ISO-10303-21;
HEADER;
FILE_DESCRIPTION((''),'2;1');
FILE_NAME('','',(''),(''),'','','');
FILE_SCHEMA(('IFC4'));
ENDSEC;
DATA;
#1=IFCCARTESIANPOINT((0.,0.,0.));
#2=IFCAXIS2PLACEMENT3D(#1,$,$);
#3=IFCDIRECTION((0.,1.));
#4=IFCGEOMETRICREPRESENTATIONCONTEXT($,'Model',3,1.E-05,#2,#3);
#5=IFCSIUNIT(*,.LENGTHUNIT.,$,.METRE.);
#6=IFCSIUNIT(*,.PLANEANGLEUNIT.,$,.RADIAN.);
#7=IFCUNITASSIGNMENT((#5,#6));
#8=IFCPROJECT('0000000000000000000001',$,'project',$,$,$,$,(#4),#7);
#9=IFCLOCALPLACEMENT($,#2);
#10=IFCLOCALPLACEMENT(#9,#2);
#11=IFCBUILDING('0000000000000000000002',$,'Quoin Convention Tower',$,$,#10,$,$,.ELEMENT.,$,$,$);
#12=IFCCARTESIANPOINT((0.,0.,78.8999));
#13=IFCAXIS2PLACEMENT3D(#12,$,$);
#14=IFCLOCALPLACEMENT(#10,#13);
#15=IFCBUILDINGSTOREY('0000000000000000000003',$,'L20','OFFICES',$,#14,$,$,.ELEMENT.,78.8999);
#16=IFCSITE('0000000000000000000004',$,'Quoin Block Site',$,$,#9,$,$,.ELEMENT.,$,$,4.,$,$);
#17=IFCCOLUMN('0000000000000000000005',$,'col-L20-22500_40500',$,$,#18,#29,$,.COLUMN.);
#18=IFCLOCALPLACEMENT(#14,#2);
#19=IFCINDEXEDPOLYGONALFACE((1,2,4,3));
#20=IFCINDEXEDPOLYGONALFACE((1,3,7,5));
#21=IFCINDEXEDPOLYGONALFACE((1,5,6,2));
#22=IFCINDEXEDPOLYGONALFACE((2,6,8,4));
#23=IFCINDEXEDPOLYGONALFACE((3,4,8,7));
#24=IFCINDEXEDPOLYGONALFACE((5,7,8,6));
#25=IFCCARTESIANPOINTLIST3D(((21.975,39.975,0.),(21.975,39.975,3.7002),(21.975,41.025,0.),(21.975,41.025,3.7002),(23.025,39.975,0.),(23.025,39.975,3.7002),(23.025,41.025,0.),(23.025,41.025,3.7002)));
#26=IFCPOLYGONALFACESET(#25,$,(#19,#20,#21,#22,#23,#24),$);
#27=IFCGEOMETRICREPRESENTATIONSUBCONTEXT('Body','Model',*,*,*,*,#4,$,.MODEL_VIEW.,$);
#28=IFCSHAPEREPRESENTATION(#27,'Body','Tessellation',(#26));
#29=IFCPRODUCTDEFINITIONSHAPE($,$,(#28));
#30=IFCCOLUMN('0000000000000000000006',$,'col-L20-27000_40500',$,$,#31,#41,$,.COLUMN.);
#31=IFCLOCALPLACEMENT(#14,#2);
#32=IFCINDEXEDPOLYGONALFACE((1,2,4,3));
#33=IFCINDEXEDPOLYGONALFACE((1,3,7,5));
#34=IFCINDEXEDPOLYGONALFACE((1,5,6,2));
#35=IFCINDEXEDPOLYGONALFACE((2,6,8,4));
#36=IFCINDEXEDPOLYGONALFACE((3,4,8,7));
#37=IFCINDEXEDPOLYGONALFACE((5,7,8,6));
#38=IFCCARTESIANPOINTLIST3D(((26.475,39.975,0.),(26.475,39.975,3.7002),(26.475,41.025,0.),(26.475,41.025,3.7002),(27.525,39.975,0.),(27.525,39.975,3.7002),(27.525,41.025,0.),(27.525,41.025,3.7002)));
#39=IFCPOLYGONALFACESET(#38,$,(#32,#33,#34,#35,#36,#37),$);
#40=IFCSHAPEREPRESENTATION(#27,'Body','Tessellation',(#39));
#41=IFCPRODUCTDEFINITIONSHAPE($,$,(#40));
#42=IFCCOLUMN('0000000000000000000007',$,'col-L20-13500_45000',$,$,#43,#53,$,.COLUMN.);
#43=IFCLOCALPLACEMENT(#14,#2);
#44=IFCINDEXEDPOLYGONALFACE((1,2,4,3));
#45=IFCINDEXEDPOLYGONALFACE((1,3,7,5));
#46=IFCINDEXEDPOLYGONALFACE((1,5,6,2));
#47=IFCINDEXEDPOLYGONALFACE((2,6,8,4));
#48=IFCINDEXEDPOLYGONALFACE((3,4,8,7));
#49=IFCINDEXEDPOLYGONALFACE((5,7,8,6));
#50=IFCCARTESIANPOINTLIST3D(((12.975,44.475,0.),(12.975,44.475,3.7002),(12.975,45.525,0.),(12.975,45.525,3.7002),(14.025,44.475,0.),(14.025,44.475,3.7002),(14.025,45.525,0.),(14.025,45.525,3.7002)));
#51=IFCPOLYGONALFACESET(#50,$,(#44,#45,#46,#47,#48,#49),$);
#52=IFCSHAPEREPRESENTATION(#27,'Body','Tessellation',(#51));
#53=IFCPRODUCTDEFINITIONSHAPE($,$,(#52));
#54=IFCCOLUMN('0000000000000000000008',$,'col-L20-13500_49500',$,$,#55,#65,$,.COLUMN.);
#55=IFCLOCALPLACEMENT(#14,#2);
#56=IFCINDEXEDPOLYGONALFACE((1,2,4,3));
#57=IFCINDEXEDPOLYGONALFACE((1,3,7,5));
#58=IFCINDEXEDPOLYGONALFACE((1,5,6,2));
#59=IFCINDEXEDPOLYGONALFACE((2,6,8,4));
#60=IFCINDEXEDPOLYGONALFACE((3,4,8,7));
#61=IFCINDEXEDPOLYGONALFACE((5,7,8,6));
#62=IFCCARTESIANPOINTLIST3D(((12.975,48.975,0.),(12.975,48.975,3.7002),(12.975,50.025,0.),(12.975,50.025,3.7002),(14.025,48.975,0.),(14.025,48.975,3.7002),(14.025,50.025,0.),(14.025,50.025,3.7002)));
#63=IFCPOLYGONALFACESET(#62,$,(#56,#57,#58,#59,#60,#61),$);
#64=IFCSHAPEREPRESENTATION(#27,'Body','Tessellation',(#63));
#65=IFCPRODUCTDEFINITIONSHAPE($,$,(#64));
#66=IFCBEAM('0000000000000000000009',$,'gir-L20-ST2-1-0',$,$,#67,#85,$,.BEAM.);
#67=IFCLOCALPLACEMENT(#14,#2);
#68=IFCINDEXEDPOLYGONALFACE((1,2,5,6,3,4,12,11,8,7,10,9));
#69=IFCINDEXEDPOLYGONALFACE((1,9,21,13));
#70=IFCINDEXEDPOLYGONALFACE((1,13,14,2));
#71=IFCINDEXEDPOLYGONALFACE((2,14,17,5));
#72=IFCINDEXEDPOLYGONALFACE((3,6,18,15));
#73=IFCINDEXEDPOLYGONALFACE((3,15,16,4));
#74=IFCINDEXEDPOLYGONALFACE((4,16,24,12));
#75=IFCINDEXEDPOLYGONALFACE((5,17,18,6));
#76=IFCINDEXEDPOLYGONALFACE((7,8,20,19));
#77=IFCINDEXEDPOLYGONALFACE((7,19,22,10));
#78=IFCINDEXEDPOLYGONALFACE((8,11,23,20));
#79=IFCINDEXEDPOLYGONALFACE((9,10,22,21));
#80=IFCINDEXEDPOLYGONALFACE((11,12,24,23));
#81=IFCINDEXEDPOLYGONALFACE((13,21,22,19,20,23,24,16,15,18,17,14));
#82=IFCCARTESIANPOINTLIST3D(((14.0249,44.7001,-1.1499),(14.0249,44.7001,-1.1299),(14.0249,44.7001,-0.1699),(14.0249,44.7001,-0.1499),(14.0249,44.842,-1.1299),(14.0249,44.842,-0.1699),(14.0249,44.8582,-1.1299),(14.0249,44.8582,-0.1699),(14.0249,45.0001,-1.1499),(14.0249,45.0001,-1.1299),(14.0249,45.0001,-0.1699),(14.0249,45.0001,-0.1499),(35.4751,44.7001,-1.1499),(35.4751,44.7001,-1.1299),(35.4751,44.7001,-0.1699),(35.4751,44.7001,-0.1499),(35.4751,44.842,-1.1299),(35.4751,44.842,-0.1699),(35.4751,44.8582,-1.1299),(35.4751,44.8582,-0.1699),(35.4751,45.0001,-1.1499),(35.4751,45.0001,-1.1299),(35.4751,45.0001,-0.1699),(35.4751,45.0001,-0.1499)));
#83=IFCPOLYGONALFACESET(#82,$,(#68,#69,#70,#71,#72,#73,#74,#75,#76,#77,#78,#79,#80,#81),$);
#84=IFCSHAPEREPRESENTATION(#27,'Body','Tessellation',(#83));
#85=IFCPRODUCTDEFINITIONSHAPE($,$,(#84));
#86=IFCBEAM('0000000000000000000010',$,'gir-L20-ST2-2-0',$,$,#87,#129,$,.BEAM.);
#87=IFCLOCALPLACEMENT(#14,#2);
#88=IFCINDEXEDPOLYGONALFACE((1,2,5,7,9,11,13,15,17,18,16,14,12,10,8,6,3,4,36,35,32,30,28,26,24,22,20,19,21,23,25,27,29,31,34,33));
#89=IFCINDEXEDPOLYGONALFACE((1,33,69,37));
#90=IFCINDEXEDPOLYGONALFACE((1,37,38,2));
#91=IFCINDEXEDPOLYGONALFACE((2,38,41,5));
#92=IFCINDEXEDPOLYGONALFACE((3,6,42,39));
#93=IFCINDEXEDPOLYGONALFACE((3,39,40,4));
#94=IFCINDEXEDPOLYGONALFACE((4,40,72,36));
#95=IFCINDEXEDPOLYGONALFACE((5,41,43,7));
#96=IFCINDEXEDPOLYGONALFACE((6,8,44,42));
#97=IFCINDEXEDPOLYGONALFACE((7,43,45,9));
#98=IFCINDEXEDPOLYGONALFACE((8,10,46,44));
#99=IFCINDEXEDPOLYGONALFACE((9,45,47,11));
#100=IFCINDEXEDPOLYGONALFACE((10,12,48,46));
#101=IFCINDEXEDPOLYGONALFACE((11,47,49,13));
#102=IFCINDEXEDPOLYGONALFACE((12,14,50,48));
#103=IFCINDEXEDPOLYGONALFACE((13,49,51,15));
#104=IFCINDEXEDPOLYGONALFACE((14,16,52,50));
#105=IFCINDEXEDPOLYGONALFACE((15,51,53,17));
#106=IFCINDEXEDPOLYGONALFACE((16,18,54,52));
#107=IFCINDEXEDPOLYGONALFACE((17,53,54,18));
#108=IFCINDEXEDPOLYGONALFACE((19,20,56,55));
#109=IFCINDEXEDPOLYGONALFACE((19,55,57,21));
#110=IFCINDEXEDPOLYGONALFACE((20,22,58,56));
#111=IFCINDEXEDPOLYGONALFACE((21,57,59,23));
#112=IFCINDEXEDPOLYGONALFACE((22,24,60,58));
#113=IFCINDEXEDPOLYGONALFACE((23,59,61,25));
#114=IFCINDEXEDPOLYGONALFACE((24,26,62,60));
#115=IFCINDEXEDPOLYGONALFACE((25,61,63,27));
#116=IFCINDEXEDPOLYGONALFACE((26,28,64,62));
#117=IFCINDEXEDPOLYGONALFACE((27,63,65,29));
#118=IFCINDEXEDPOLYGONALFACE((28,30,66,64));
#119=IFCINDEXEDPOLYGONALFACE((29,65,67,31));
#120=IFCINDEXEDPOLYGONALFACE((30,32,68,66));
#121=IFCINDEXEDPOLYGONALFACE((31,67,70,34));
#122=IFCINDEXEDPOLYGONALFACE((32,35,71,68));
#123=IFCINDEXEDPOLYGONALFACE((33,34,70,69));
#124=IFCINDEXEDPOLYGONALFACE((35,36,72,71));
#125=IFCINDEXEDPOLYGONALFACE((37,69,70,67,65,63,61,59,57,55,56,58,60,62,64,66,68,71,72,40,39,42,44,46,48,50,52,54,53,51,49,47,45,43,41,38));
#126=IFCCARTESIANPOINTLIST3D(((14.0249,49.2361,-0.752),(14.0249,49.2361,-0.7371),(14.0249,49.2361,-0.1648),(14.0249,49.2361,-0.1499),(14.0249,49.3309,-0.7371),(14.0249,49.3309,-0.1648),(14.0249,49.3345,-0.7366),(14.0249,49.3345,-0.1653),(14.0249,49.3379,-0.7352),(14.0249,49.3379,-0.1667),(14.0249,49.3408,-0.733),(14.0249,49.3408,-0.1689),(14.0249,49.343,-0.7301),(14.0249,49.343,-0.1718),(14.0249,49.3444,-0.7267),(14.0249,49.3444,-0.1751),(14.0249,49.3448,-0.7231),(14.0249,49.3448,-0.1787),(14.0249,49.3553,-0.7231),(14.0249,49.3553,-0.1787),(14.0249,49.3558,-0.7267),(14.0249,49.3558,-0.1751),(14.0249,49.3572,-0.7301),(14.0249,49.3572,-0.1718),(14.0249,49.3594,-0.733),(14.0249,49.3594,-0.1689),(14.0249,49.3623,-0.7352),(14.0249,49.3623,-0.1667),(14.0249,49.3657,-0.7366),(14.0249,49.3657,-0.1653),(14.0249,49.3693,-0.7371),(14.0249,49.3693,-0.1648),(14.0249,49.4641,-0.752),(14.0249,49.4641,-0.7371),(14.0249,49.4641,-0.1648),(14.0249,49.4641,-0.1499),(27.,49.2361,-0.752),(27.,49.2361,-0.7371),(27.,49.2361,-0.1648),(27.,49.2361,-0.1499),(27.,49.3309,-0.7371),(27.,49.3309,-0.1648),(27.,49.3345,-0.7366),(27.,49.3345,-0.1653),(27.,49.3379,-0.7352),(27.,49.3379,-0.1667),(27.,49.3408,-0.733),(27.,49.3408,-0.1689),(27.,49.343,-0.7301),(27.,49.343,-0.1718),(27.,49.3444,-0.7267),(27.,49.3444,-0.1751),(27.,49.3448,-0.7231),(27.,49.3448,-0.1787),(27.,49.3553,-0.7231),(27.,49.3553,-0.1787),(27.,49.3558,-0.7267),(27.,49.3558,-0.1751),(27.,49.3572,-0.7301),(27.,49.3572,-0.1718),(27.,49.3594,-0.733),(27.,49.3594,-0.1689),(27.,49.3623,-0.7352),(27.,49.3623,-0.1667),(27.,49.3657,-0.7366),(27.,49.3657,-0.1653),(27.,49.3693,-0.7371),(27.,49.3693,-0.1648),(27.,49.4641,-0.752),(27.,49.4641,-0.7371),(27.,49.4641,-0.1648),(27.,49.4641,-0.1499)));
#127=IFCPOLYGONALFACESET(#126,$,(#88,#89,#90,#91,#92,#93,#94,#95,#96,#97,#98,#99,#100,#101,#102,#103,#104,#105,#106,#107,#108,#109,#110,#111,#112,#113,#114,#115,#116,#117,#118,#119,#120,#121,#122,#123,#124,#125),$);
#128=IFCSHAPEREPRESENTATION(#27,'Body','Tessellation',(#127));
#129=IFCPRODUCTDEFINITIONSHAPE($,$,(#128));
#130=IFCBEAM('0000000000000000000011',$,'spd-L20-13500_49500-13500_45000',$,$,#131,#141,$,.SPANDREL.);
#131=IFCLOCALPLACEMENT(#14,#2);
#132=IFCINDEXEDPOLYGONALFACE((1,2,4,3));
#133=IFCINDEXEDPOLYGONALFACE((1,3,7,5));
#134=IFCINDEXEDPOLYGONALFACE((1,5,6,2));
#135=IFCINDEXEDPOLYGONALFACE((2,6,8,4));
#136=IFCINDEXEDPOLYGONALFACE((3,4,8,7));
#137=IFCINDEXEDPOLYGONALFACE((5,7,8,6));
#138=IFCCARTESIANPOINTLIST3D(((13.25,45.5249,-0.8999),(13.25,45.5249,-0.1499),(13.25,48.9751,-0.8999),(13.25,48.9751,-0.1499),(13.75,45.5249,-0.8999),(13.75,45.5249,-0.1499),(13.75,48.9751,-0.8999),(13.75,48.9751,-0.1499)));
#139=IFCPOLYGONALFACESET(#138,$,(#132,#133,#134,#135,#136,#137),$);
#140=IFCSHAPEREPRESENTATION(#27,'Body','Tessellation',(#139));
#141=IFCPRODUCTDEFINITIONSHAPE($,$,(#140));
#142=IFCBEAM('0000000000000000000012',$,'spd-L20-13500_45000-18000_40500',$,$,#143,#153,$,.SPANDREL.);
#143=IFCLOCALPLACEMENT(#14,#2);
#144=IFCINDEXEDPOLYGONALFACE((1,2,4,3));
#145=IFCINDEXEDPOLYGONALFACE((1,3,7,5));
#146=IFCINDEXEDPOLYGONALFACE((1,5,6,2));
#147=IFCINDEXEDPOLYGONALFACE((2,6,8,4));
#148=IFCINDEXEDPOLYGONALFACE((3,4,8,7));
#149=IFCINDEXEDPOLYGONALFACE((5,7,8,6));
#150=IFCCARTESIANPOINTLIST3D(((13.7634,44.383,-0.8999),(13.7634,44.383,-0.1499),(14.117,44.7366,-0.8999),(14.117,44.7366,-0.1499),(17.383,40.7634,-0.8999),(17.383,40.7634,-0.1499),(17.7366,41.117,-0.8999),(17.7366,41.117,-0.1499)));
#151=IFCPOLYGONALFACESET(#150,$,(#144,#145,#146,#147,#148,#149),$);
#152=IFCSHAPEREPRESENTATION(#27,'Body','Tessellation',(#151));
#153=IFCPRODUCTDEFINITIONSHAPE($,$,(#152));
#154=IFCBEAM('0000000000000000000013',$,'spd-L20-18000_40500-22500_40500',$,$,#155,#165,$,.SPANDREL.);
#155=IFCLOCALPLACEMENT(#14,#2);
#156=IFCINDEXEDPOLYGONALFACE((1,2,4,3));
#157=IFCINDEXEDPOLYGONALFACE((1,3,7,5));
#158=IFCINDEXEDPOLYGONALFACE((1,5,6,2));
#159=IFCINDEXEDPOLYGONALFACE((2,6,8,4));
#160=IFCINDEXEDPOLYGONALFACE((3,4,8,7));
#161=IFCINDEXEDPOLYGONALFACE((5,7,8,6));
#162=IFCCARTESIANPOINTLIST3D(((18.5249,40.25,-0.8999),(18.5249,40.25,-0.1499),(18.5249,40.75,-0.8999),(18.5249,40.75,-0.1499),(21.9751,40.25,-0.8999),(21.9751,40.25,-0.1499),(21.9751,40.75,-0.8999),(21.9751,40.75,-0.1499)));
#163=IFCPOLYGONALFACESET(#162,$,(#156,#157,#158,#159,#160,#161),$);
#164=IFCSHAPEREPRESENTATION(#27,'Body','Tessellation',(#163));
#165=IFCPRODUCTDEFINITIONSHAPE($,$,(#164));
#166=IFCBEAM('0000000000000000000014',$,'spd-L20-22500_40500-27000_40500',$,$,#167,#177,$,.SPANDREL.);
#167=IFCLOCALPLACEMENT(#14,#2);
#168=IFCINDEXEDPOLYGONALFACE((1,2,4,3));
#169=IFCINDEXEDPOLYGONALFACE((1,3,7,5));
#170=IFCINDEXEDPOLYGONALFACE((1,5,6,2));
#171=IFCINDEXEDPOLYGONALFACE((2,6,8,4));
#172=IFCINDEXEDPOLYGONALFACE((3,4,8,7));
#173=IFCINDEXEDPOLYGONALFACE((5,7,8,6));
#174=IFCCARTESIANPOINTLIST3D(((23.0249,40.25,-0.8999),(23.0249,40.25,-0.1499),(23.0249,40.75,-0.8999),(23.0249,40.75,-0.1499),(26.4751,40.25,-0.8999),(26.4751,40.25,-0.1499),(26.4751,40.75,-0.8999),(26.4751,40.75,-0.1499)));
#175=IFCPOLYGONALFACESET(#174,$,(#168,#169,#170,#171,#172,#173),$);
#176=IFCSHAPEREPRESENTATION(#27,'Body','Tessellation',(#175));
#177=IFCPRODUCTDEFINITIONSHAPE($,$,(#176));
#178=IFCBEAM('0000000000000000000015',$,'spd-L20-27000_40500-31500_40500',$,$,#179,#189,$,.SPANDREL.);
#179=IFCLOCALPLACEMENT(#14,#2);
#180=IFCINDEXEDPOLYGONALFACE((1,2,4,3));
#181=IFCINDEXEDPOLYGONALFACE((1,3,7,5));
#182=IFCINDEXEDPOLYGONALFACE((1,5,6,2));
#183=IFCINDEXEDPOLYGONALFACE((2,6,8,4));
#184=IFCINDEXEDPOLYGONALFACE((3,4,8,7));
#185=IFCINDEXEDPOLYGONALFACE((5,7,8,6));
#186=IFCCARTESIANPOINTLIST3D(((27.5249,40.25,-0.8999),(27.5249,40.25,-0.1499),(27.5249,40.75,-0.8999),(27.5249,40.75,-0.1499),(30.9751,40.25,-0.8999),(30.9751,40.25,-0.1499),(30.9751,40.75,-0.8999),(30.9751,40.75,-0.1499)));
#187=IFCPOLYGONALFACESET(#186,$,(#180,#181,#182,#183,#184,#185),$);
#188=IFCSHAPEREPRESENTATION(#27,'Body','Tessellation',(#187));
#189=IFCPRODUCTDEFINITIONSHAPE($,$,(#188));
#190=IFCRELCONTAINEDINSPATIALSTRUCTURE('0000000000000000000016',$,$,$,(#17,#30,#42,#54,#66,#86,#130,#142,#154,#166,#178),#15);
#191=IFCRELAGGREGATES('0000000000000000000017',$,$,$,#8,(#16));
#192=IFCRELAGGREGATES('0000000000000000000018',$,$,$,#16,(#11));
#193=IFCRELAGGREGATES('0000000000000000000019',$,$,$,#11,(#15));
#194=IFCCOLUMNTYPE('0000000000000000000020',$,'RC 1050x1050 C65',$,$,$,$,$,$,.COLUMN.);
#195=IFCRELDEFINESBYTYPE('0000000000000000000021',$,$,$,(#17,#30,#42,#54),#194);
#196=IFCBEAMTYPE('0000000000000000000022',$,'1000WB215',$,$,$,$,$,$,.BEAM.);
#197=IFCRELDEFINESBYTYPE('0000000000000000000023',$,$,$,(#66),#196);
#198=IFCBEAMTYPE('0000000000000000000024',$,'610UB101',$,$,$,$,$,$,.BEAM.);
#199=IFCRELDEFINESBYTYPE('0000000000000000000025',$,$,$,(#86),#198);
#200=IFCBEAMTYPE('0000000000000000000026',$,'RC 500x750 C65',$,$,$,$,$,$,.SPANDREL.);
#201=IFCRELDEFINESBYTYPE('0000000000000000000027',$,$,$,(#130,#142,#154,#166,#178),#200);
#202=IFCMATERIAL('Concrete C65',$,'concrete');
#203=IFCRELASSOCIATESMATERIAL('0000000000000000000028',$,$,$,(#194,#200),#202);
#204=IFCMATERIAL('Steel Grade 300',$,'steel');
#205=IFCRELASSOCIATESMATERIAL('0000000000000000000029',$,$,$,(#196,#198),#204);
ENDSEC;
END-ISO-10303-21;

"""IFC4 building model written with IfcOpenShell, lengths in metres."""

from ifc_helpers import new_model, si_unit, direction, frame, origin, origin_2d, place, context, subcontext, project, spatial, rectangle, i_section, extrude, material, material_profile, profile_set, type_object, element, save


model = new_model("IFC4")

# Units and contexts
model_context = context("Model", 3, precision=1e-05, world=origin(), true_north=direction((0.0, 1.0)))
body_context = subcontext(model_context, "Body", "Model", "MODEL_VIEW")
ifc_project = project(units=[si_unit("LENGTHUNIT", "METRE"), si_unit("PLANEANGLEUNIT", "RADIAN")], contexts=[model_context])

# Site, building, storey
site_placement = place(None, origin())
site = spatial("IfcSite", under=ifc_project, at=site_placement, Name="Quoin Block Site", CompositionType="ELEMENT", RefElevation=4.0)
building_placement = place(site_placement, origin())
building = spatial("IfcBuilding", under=site, at=building_placement, Name="Quoin Convention Tower", CompositionType="ELEMENT")
storey_placement = place(building_placement, frame((0.0, 0.0, 78.8999)))
storey = spatial("IfcBuildingStorey", under=building, at=storey_placement, Name="L20", Description="OFFICES", CompositionType="ELEMENT", Elevation=78.8999)

# Columns
ifc_material_1 = material(Name="Concrete C65", Category="concrete")
ifc_material_profile_1 = material_profile(ifc_material_1, rectangle(XDim=1.05, YDim=1.05, at=origin_2d()), Name="RC 1050x1050")
ifc_profile_set_1 = profile_set([ifc_material_profile_1], Name="Concrete C65")
column_type = type_object("IfcColumnType", Name="RC 1050x1050 C65", PredefinedType="COLUMN", material=ifc_profile_set_1)
for number, where, z_axis, x_axis, name in (
    (1, (22.5, 40.5, 0.0), (0.0, 0.0, 1.0), (1.0, 0.0, 0.0), "col-L20-22500_40500"),
    (2, (27.0, 40.5, 0.0), (0.0, 0.0, 1.0), (1.0, 0.0, 0.0), "col-L20-27000_40500"),
    (3, (13.5, 45.0, 0.0), (0.0, 0.0, 1.0), (1.0, 0.0, 0.0), "col-L20-13500_45000"),
    (4, (13.5, 49.5, 0.0), (0.0, 0.0, 1.0), (1.0, 0.0, 0.0), "col-L20-13500_49500"),
):
    element("IfcColumn", number, at=place(storey_placement, frame(where, z_axis=z_axis, x_axis=x_axis)), inside=storey, type_object=column_type, Name=name, PredefinedType="COLUMN", context=body_context, shape_type="SweptSolid", body=[
        extrude(rectangle(XDim=1.05, YDim=1.05, at=origin_2d()), origin(), (0.0, 0.0, 1.0), 3.7002),
    ])

# Beams
ifc_material_2 = material(Name="Steel Grade 300", Category="steel")
ifc_material_profile_2 = material_profile(ifc_material_2, i_section(OverallWidth=0.3, OverallDepth=1.0, WebThickness=0.0161, FlangeThickness=0.02, at=origin_2d()), Name="1000WB215")
ifc_profile_set_2 = profile_set([ifc_material_profile_2], Name="Steel Grade 300")
beam_type_1 = type_object("IfcBeamType", Name="1000WB215", PredefinedType="BEAM", material=ifc_profile_set_2)
beam_1_placement = place(storey_placement, frame((14.0249, 44.8501, -0.6499), z_axis=(1.0, 0.0, 0.0), x_axis=(0.0, 1.0, 0.0)))
element("IfcBeam", 5, at=beam_1_placement, inside=storey, type_object=beam_type_1, Name="gir-L20-ST2-1-0", PredefinedType="BEAM", context=body_context, shape_type="SweptSolid", body=[
    extrude(i_section(OverallWidth=0.3, OverallDepth=1.0, WebThickness=0.0161, FlangeThickness=0.02, at=origin_2d()), origin(), (0.0, 0.0, 1.0), 21.4502),
])
ifc_material_profile_3 = material_profile(ifc_material_2, i_section(OverallWidth=0.228, OverallDepth=0.6021, WebThickness=0.0105, FlangeThickness=0.0149, FilletRadius=0.0139, at=origin_2d()), Name="610UB101")
ifc_profile_set_3 = profile_set([ifc_material_profile_3], Name="Steel Grade 300")
beam_type_2 = type_object("IfcBeamType", Name="610UB101", PredefinedType="BEAM", material=ifc_profile_set_3)
beam_2_placement = place(storey_placement, frame((14.0249, 49.3501, -0.4509), z_axis=(1.0, 0.0, 0.0), x_axis=(0.0, 1.0, 0.0)))
element("IfcBeam", 6, at=beam_2_placement, inside=storey, type_object=beam_type_2, Name="gir-L20-ST2-2-0", PredefinedType="BEAM", context=body_context, shape_type="SweptSolid", body=[
    extrude(i_section(OverallWidth=0.228, OverallDepth=0.6021, WebThickness=0.0105, FlangeThickness=0.0149, FilletRadius=0.0139, at=origin_2d()), origin(), (0.0, 0.0, 1.0), 12.9751),
])
ifc_material_profile_4 = material_profile(ifc_material_1, rectangle(XDim=0.5, YDim=0.75, at=origin_2d()), Name="RC 500x750")
ifc_profile_set_4 = profile_set([ifc_material_profile_4], Name="Concrete C65")
beam_type_3 = type_object("IfcBeamType", Name="RC 500x750 C65", PredefinedType="SPANDREL", material=ifc_profile_set_4)
beam_3_placement = place(storey_placement, frame((13.5, 48.9751, -0.5249), z_axis=(0.0, -1.0, 0.0), x_axis=(1.0, 0.0, 0.0)))
element("IfcBeam", 7, at=beam_3_placement, inside=storey, type_object=beam_type_3, Name="spd-L20-13500_49500-13500_45000", PredefinedType="SPANDREL", context=body_context, shape_type="SweptSolid", body=[
    extrude(rectangle(XDim=0.5, YDim=0.75, at=origin_2d()), origin(), (0.0, 0.0, 1.0), 3.4502),
])
beam_4_placement = place(storey_placement, frame((13.9402, 44.5598, -0.5249), z_axis=(0.707107, -0.707107, 0.0), x_axis=(0.707107, 0.707107, 0.0)))
element("IfcBeam", 8, at=beam_4_placement, inside=storey, type_object=beam_type_3, Name="spd-L20-13500_45000-18000_40500", PredefinedType="SPANDREL", context=body_context, shape_type="SweptSolid", body=[
    extrude(rectangle(XDim=0.5, YDim=0.75, at=origin_2d()), origin(), (0.0, 0.0, 1.0), 5.1189),
])
for number, where, z_axis, x_axis, name in (
    (9, (18.5249, 40.5, -0.5249), (1.0, 0.0, 0.0), (0.0, 1.0, 0.0), "spd-L20-18000_40500-22500_40500"),
    (10, (23.0249, 40.5, -0.5249), (1.0, 0.0, 0.0), (0.0, 1.0, 0.0), "spd-L20-22500_40500-27000_40500"),
    (11, (27.5249, 40.5, -0.5249), (1.0, 0.0, 0.0), (0.0, 1.0, 0.0), "spd-L20-27000_40500-31500_40500"),
):
    element("IfcBeam", number, at=place(storey_placement, frame(where, z_axis=z_axis, x_axis=x_axis)), inside=storey, type_object=beam_type_3, Name=name, PredefinedType="SPANDREL", context=body_context, shape_type="SweptSolid", body=[
        extrude(rectangle(XDim=0.5, YDim=0.75, at=origin_2d()), origin(), (0.0, 0.0, 1.0), 3.4502),
    ])

save(model, "model.ifc")
